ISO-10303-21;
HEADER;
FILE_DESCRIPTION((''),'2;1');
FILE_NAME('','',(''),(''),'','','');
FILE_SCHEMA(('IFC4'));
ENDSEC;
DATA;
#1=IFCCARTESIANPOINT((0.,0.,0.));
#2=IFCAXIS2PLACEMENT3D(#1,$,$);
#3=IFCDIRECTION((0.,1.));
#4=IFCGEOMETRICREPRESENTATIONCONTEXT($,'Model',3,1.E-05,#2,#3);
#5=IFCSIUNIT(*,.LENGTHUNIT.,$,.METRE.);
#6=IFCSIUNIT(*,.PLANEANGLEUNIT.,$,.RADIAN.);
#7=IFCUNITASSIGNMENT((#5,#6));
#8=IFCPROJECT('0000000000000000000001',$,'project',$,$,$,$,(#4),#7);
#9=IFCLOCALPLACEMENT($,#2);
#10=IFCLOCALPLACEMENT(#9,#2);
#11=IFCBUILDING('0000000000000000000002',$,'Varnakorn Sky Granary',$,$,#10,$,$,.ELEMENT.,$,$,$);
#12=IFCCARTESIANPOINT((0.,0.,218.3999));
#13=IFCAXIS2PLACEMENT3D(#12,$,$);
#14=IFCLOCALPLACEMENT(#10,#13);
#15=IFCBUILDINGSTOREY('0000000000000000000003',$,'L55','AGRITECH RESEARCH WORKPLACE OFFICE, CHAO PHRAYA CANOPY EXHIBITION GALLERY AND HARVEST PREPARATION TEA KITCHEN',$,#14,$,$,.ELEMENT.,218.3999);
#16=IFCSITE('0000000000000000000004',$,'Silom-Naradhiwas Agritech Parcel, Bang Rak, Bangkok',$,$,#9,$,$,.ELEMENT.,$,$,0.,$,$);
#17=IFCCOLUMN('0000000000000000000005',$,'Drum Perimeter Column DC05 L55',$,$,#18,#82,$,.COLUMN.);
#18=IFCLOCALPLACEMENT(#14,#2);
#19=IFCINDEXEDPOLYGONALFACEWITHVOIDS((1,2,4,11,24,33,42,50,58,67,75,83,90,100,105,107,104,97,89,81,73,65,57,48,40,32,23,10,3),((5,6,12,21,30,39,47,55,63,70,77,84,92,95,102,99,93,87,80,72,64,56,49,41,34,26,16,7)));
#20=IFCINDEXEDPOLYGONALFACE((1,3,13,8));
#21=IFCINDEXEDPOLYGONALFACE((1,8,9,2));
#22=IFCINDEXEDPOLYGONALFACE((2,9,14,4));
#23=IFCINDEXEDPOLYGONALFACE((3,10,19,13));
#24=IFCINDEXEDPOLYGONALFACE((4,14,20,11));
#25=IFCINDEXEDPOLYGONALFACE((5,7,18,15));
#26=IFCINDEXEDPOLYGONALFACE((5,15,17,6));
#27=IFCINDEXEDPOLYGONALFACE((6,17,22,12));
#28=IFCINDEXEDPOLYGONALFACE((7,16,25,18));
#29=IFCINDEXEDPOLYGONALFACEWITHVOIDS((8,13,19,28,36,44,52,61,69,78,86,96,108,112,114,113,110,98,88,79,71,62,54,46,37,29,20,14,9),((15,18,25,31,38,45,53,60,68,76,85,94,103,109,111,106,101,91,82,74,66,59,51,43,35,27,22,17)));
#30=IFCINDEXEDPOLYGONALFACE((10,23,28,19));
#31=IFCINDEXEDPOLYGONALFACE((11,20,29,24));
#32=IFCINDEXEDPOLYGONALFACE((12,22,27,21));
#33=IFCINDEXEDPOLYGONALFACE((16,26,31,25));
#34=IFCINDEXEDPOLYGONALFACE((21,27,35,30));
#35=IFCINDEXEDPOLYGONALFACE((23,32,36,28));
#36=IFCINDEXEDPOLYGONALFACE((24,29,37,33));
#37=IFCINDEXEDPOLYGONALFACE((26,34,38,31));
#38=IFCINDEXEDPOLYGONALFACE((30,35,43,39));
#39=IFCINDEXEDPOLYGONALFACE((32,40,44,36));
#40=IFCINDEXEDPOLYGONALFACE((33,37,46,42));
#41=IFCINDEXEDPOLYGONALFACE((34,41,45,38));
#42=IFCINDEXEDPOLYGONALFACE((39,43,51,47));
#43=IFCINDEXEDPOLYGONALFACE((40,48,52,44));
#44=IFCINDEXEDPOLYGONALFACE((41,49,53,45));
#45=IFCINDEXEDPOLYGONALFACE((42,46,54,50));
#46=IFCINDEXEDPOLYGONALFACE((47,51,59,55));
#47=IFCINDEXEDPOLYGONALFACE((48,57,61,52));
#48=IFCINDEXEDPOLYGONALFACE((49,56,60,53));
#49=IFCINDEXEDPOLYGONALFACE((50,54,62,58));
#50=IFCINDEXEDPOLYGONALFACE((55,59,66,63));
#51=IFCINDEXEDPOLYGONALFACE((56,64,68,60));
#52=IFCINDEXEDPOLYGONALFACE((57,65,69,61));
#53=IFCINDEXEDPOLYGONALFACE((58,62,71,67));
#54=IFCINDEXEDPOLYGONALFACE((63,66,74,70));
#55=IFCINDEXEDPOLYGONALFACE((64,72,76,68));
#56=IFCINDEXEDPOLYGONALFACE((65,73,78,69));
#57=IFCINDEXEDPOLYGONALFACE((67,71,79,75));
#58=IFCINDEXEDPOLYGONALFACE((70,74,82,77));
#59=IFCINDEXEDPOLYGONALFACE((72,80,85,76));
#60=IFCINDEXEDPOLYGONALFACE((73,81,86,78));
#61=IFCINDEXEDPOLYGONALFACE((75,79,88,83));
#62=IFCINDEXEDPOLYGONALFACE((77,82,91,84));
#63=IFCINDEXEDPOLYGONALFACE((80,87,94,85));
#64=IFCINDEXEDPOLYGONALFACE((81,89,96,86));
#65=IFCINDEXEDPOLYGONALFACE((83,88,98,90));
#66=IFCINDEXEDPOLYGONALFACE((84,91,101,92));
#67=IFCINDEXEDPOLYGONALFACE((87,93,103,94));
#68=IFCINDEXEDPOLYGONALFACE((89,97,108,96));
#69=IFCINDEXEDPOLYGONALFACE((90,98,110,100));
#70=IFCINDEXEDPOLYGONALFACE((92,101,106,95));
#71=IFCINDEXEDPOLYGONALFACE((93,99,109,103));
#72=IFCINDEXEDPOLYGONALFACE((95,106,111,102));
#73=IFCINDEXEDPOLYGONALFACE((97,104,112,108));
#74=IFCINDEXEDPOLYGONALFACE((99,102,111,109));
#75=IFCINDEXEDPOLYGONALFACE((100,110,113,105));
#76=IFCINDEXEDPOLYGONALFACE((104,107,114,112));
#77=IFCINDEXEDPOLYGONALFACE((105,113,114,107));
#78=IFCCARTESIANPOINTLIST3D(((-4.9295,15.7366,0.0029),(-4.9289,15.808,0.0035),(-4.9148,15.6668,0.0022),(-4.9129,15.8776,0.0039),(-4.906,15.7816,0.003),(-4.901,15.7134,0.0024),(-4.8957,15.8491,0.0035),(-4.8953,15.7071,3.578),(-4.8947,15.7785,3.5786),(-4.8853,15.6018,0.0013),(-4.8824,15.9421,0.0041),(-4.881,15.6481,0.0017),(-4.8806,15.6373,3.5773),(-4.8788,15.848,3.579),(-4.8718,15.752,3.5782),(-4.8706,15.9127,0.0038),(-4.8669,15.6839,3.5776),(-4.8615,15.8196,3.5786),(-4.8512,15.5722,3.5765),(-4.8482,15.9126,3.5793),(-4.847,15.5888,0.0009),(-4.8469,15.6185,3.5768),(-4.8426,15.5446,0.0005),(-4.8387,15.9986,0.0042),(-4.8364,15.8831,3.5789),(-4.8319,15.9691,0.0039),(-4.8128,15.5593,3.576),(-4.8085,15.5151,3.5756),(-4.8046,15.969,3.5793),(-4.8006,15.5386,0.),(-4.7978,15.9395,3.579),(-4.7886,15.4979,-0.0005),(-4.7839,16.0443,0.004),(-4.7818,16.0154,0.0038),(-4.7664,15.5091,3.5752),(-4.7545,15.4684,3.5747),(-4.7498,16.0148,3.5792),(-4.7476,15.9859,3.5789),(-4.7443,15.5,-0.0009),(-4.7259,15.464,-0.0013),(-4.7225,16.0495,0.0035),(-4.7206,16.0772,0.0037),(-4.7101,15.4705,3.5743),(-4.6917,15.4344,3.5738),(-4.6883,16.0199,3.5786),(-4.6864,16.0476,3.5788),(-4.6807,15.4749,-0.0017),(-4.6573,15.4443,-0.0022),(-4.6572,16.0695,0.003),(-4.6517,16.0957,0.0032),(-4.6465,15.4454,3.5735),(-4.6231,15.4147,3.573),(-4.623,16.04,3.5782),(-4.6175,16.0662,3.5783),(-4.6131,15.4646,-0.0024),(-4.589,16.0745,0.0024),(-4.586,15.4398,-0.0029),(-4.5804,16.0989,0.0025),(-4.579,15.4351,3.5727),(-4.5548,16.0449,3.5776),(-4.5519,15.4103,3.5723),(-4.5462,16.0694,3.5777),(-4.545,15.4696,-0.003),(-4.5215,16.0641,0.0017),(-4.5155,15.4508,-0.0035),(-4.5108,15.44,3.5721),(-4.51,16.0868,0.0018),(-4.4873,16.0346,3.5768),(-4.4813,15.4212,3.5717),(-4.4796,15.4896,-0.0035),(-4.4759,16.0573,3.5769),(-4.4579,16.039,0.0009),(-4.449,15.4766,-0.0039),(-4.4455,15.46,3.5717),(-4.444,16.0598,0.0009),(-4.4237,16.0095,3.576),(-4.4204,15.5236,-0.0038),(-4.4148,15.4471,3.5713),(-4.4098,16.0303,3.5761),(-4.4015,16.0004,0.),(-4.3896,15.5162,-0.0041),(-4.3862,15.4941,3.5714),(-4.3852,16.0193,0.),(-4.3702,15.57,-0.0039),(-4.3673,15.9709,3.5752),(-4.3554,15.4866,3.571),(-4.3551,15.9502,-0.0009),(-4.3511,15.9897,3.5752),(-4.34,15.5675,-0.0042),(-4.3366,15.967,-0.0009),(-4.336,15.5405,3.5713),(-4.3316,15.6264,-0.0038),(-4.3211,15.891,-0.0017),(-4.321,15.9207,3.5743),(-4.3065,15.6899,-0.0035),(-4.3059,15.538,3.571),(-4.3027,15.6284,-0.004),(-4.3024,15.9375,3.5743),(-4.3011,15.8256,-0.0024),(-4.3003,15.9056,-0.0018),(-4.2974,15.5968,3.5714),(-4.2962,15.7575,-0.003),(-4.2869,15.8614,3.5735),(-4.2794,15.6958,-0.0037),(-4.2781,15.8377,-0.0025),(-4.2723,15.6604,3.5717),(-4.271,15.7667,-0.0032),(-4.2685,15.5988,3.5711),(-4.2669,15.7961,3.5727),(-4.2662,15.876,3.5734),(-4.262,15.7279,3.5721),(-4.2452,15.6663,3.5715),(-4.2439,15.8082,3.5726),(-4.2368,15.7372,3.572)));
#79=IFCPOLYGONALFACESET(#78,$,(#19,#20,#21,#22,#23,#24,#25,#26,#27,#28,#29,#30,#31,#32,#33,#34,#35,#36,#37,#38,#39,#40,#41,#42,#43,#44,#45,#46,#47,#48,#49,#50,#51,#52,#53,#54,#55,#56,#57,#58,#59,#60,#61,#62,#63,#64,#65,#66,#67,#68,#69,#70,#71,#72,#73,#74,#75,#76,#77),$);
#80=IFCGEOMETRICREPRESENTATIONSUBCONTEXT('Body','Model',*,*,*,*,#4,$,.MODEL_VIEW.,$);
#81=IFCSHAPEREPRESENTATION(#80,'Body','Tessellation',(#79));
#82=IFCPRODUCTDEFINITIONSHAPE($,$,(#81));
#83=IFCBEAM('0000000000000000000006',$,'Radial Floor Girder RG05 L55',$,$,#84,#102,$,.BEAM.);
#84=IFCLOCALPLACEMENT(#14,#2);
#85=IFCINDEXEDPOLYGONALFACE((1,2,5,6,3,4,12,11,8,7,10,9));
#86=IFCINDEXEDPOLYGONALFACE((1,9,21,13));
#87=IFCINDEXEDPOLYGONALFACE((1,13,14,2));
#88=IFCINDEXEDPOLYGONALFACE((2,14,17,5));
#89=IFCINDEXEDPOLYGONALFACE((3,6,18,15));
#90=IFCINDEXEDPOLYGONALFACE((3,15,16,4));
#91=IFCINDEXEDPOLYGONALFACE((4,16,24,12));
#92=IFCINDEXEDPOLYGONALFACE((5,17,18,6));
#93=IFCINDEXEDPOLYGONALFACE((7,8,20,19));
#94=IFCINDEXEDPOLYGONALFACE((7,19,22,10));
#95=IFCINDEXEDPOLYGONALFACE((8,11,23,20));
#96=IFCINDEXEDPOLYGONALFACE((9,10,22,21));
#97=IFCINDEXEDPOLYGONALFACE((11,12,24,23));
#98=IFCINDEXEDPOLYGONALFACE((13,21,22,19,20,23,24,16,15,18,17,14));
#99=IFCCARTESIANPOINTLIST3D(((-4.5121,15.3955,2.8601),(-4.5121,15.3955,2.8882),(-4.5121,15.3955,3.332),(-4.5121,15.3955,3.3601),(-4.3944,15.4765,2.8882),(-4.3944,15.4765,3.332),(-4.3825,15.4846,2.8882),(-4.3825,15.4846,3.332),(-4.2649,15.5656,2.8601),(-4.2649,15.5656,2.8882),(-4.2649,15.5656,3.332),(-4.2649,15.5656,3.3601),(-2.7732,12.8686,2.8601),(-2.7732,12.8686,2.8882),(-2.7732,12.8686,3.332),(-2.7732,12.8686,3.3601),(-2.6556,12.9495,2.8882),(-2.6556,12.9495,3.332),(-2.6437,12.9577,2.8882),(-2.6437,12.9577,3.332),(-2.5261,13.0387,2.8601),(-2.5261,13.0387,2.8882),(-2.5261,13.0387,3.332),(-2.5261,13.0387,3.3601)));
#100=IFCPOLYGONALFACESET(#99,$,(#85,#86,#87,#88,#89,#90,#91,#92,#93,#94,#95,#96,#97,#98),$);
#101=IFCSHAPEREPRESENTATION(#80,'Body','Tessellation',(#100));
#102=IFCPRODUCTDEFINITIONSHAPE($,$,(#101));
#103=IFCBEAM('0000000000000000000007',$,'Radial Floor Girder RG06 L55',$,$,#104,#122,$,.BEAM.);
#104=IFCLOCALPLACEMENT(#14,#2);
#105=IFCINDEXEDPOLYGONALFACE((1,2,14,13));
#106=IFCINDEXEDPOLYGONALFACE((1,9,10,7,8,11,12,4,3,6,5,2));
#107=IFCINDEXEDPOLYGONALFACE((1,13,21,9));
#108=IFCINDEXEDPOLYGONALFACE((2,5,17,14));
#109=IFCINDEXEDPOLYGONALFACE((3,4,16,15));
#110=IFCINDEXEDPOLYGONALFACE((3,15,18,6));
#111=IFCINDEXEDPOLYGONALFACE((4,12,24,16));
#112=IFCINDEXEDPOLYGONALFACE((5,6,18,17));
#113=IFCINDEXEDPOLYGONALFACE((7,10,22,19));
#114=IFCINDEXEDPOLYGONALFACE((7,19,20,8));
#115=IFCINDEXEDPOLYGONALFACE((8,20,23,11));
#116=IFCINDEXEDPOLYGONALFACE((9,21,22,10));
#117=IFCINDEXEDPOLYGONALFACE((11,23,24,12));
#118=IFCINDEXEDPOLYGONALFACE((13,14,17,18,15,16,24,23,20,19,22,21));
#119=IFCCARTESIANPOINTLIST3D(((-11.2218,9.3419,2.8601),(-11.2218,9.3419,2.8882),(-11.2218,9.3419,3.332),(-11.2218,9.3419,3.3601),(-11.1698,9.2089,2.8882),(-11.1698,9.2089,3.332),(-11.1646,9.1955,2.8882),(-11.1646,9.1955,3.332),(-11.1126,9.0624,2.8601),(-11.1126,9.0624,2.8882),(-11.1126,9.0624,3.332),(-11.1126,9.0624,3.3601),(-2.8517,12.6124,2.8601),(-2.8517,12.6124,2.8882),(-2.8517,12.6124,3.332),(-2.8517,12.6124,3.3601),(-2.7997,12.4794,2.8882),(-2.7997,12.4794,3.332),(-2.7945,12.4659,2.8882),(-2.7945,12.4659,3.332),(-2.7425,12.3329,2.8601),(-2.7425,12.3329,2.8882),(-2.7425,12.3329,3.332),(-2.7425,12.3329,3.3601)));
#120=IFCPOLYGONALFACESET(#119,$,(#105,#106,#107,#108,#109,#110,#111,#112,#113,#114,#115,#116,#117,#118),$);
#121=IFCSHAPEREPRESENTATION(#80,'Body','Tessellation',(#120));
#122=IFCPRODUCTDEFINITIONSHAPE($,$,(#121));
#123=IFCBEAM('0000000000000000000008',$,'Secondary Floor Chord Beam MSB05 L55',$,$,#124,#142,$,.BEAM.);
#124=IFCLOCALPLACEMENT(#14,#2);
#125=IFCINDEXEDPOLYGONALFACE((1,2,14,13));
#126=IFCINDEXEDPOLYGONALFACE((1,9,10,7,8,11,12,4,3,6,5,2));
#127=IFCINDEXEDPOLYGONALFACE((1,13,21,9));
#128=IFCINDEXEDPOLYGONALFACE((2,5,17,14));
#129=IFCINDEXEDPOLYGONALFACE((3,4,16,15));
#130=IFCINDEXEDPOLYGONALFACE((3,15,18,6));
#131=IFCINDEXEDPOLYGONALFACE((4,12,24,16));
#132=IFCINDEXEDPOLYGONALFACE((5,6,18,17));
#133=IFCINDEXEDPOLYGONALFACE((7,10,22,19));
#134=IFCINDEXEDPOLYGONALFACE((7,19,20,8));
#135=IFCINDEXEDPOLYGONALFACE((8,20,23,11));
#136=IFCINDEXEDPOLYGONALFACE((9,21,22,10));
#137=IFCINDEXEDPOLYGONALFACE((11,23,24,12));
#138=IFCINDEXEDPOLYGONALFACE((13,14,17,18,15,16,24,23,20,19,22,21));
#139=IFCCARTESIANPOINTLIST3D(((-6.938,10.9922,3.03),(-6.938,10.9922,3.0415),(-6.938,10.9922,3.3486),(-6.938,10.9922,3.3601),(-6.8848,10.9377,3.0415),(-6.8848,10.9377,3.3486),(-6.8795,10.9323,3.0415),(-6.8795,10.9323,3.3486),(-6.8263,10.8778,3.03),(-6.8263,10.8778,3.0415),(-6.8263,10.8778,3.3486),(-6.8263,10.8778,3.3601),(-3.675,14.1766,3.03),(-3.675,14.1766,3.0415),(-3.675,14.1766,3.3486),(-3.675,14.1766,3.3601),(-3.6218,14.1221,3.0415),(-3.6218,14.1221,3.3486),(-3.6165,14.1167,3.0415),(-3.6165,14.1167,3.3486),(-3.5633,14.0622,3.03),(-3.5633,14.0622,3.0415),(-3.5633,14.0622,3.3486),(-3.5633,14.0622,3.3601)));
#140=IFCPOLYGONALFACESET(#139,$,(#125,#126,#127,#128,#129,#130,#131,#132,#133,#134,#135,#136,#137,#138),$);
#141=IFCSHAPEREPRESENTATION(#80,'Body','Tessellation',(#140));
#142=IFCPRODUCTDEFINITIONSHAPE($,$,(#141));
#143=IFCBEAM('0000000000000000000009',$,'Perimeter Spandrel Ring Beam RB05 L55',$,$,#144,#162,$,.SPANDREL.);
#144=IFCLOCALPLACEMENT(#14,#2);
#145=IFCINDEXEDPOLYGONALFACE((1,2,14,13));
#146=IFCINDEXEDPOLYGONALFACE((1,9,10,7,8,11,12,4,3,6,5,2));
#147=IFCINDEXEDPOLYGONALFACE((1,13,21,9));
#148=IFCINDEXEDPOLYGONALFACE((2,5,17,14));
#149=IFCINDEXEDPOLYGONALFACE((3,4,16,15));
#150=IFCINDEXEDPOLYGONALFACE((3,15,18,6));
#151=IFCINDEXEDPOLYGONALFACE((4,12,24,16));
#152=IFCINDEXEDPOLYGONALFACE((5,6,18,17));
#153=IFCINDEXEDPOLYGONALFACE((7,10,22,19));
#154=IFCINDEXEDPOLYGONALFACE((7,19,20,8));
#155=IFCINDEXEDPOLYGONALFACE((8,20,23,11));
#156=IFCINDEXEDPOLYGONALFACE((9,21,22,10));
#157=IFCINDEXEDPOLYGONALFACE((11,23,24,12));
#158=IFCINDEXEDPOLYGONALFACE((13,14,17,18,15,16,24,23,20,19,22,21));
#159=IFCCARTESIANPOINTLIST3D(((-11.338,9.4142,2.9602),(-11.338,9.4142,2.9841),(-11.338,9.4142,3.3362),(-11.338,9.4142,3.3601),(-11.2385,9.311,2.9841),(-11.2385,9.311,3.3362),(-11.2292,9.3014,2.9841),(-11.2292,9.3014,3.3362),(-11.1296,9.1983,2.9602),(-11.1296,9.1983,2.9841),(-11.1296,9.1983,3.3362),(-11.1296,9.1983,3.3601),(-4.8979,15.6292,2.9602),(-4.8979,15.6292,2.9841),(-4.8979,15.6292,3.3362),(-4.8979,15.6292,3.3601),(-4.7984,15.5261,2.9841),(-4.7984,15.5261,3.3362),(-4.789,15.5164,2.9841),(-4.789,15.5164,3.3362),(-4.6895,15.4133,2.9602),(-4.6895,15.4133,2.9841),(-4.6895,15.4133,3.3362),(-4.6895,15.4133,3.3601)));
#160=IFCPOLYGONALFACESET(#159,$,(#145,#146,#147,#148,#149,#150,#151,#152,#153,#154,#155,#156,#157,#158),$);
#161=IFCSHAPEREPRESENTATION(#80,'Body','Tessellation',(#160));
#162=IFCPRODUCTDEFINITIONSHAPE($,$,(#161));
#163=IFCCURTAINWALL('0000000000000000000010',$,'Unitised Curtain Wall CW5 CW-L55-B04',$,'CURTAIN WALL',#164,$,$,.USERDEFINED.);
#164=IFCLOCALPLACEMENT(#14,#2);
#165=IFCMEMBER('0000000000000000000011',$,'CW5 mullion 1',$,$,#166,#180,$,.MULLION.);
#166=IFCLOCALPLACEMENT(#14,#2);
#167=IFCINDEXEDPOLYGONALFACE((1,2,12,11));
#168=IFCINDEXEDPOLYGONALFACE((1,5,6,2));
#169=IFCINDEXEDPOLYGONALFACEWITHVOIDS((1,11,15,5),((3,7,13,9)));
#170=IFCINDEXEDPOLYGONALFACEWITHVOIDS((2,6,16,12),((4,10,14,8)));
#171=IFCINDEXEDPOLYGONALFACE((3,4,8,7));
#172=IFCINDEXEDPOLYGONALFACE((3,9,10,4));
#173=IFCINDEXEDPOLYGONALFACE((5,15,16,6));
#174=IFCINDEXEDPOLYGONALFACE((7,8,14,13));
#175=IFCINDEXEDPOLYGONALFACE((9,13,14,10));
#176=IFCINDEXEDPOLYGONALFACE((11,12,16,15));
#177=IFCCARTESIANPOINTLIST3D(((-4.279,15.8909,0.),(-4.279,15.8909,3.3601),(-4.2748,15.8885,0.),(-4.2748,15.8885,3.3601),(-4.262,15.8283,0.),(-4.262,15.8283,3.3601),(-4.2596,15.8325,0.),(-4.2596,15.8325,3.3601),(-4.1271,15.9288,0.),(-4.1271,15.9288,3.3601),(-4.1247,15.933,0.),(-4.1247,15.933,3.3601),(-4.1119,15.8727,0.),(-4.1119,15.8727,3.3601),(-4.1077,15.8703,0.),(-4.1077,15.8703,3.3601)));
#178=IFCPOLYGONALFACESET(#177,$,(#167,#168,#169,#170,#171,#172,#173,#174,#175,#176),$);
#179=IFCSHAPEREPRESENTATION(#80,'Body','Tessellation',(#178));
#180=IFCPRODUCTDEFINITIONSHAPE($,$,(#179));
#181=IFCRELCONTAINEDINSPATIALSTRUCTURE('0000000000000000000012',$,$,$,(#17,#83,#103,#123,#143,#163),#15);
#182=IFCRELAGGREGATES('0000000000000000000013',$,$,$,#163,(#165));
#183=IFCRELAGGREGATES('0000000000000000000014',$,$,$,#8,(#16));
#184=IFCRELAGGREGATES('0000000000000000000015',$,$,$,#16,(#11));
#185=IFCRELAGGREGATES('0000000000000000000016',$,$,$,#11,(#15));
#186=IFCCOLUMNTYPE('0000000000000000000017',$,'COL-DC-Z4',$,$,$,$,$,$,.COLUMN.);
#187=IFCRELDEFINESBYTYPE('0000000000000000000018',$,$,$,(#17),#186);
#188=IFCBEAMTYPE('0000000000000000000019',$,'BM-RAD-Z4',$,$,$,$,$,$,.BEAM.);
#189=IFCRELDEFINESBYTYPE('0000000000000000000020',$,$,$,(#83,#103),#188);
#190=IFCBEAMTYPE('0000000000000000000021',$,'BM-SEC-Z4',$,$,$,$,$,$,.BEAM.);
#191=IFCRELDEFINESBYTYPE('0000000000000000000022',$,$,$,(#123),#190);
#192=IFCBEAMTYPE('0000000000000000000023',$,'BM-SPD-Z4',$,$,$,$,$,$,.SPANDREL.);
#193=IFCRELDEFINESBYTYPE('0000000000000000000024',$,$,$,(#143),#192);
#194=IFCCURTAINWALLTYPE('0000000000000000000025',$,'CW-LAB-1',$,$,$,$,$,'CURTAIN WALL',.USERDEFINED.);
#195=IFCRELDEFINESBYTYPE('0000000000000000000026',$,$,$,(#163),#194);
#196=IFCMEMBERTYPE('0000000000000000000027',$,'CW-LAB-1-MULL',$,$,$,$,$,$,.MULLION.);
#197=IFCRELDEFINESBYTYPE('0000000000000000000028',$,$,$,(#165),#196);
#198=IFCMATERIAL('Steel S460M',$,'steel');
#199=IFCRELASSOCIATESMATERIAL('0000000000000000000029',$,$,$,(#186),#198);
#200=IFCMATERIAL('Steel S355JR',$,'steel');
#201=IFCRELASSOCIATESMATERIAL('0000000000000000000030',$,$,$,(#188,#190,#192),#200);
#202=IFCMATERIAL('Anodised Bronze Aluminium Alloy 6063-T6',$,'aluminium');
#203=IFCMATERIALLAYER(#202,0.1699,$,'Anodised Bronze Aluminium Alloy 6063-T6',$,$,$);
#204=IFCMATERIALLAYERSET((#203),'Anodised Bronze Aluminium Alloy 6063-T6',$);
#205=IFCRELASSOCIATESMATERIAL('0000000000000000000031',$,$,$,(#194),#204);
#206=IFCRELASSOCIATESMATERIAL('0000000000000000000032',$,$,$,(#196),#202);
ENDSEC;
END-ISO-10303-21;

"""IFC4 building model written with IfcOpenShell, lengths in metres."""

from ifc_helpers import new_model, si_unit, direction, frame, origin, origin_2d, place, context, subcontext, project, spatial, hollow_rectangle, hollow_circle, i_section, extrude, material, layer, layer_set, material_profile, profile_set, type_object, element, aggregate, save


model = new_model("IFC4")

# Units and contexts
model_context = context("Model", 3, precision=1e-05, world=origin(), true_north=direction((0.0, 1.0)))
body_context = subcontext(model_context, "Body", "Model", "MODEL_VIEW")
ifc_project = project(units=[si_unit("LENGTHUNIT", "METRE"), si_unit("PLANEANGLEUNIT", "RADIAN")], contexts=[model_context])

# Site, building, storey
site_placement = place(None, origin())
site = spatial("IfcSite", under=ifc_project, at=site_placement, Name="Silom-Naradhiwas Agritech Parcel, Bang Rak, Bangkok", CompositionType="ELEMENT", RefElevation=0.0)
building_placement = place(site_placement, origin())
building = spatial("IfcBuilding", under=site, at=building_placement, Name="Varnakorn Sky Granary", CompositionType="ELEMENT")
storey_placement = place(building_placement, frame((0.0, 0.0, 218.3999)))
storey = spatial("IfcBuildingStorey", under=building, at=storey_placement, Name="L55", Description="AGRITECH RESEARCH WORKPLACE OFFICE, CHAO PHRAYA CANOPY EXHIBITION GALLERY AND HARVEST PREPARATION TEA KITCHEN", CompositionType="ELEMENT", Elevation=218.3999)

# Column
ifc_material_1 = material(Name="Steel S460M", Category="steel")
ifc_material_profile_1 = material_profile(ifc_material_1, hollow_circle(Radius=0.3301, WallThickness=0.0249, at=origin_2d()), Name="CHS 660x25")
ifc_profile_set_1 = profile_set([ifc_material_profile_1], Name="Steel S460M")
column_type = type_object("IfcColumnType", Name="COL-DC-Z4", PredefinedType="COLUMN", material=ifc_profile_set_1)
column_placement = place(storey_placement, frame((-4.6011, 15.7695, 0.0), z_axis=(0.009559, -0.008262, 0.99992), x_axis=(0.653901, 0.75658, 0.0)))
element("IfcColumn", 1, at=column_placement, inside=storey, type_object=column_type, Name="Drum Perimeter Column DC05 L55", PredefinedType="COLUMN", context=body_context, shape_type="SweptSolid", body=[
    extrude(hollow_circle(Radius=0.3301, WallThickness=0.0249, at=origin_2d()), origin(), (0.0, 0.0, 1.0), 3.5754),
])

# Beams
ifc_material_2 = material(Name="Steel S355JR", Category="steel")
ifc_material_profile_2 = material_profile(ifc_material_2, i_section(OverallWidth=0.3, OverallDepth=0.5, WebThickness=0.0144, FlangeThickness=0.0281, at=origin_2d()), Name="HE 500 B")
ifc_profile_set_2 = profile_set([ifc_material_profile_2], Name="Steel S355JR")
beam_type_1 = type_object("IfcBeamType", Name="BM-RAD-Z4", PredefinedType="BEAM", material=ifc_profile_set_2)
beam_1_placement = place(storey_placement, frame((-2.6497, 12.9536, 3.1101), z_axis=(-0.566873, 0.823805, 0.0), x_axis=(-0.823805, -0.566873, 0.0)))
element("IfcBeam", 2, at=beam_1_placement, inside=storey, type_object=beam_type_1, Name="Radial Floor Girder RG05 L55", PredefinedType="BEAM", context=body_context, shape_type="SweptSolid", body=[
    extrude(i_section(OverallWidth=0.3, OverallDepth=0.5, WebThickness=0.0144, FlangeThickness=0.0281, at=origin_2d()), origin(), (0.0, 0.0, 1.0), 3.0674),
])
beam_2_placement = place(storey_placement, frame((-2.7971, 12.4727, 3.1101), z_axis=(-0.931422, -0.36394, 0.0), x_axis=(0.36394, -0.931422, 0.0)))
element("IfcBeam", 3, at=beam_2_placement, inside=storey, type_object=beam_type_1, Name="Radial Floor Girder RG06 L55", PredefinedType="BEAM", context=body_context, shape_type="SweptSolid", body=[
    extrude(i_section(OverallWidth=0.3, OverallDepth=0.5, WebThickness=0.0144, FlangeThickness=0.0281, at=origin_2d()), origin(), (0.0, 0.0, 1.0), 8.9863),
])
ifc_material_profile_3 = material_profile(ifc_material_2, i_section(OverallWidth=0.1599, OverallDepth=0.3301, WebThickness=0.0076, FlangeThickness=0.0115, at=origin_2d()), Name="IPE 330")
ifc_profile_set_3 = profile_set([ifc_material_profile_3], Name="Steel S355JR")
beam_type_2 = type_object("IfcBeamType", Name="BM-SEC-Z4", PredefinedType="BEAM", material=ifc_profile_set_3)
beam_3_placement = place(storey_placement, frame((-3.6191, 14.1194, 3.1951), z_axis=(-0.715676, -0.698433, 0.0), x_axis=(0.698433, -0.715676, 0.0)))
element("IfcBeam", 4, at=beam_3_placement, inside=storey, type_object=beam_type_2, Name="Secondary Floor Chord Beam MSB05 L55", PredefinedType="BEAM", context=body_context, shape_type="SweptSolid", body=[
    extrude(i_section(OverallWidth=0.1599, OverallDepth=0.3301, WebThickness=0.0076, FlangeThickness=0.0115, at=origin_2d()), origin(), (0.0, 0.0, 1.0), 4.5593),
])
ifc_material_profile_4 = material_profile(ifc_material_2, i_section(OverallWidth=0.3, OverallDepth=0.3999, WebThickness=0.0134, FlangeThickness=0.0239, at=origin_2d()), Name="HE 400 B")
ifc_profile_set_4 = profile_set([ifc_material_profile_4], Name="Steel S355JR")
beam_type_3 = type_object("IfcBeamType", Name="BM-SPD-Z4", PredefinedType="SPANDREL", material=ifc_profile_set_4)
beam_4_placement = place(storey_placement, frame((-4.7937, 15.5212, 3.1602), z_axis=(-0.71957, -0.69442, 0.0), x_axis=(0.69442, -0.71957, 0.0)))
element("IfcBeam", 5, at=beam_4_placement, inside=storey, type_object=beam_type_3, Name="Perimeter Spandrel Ring Beam RB05 L55", PredefinedType="SPANDREL", context=body_context, shape_type="SweptSolid", body=[
    extrude(i_section(OverallWidth=0.3, OverallDepth=0.3999, WebThickness=0.0134, FlangeThickness=0.0239, at=origin_2d()), origin(), (0.0, 0.0, 1.0), 8.95),
])

# Curtain wall, member
ifc_material_3 = material(Name="Anodised Bronze Aluminium Alloy 6063-T6", Category="aluminium")
ifc_layer_1 = layer(ifc_material_3, 0.1699, Name="Anodised Bronze Aluminium Alloy 6063-T6")
ifc_layer_set_1 = layer_set([ifc_layer_1], Name="Anodised Bronze Aluminium Alloy 6063-T6")
curtain_wall_type = type_object("IfcCurtainWallType", Name="CW-LAB-1", ElementType="CURTAIN WALL", PredefinedType="USERDEFINED", material=ifc_layer_set_1)
curtain_wall_1_placement = place(storey_placement, origin())
curtain_wall_1 = element("IfcCurtainWall", 6, at=curtain_wall_1_placement, inside=storey, type_object=curtain_wall_type, Name="Unitised Curtain Wall CW5 CW-L55-B04", ObjectType="CURTAIN WALL", PredefinedType="USERDEFINED")
ifc_material_profile_5 = material_profile(ifc_material_3, hollow_rectangle(XDim=0.0649, YDim=0.1599, WallThickness=0.0034, at=origin_2d()), Name="ALU MULL 65x160")
ifc_profile_set_5 = profile_set([ifc_material_profile_5], Name="Anodised Bronze Aluminium Alloy 6063-T6")
member_type_1 = type_object("IfcMemberType", Name="CW-LAB-1-MULL", PredefinedType="MULLION", material=ifc_profile_set_5)
member_1_placement = place(storey_placement, frame((-4.1934, 15.8806, 0.0), z_axis=(0.0, 0.0, 1.0), x_axis=(-0.262829, 0.964842, 0.0)))
member_1 = element("IfcMember", 7, at=member_1_placement, type_object=member_type_1, Name="CW5 mullion 1", PredefinedType="MULLION", context=body_context, shape_type="SweptSolid", body=[
    extrude(hollow_rectangle(XDim=0.0649, YDim=0.1599, WallThickness=0.0034, at=origin_2d()), origin(), (0.0, 0.0, 1.0), 3.3601),
])

aggregate(curtain_wall_1, [member_1])

save(model, "model.ifc")
